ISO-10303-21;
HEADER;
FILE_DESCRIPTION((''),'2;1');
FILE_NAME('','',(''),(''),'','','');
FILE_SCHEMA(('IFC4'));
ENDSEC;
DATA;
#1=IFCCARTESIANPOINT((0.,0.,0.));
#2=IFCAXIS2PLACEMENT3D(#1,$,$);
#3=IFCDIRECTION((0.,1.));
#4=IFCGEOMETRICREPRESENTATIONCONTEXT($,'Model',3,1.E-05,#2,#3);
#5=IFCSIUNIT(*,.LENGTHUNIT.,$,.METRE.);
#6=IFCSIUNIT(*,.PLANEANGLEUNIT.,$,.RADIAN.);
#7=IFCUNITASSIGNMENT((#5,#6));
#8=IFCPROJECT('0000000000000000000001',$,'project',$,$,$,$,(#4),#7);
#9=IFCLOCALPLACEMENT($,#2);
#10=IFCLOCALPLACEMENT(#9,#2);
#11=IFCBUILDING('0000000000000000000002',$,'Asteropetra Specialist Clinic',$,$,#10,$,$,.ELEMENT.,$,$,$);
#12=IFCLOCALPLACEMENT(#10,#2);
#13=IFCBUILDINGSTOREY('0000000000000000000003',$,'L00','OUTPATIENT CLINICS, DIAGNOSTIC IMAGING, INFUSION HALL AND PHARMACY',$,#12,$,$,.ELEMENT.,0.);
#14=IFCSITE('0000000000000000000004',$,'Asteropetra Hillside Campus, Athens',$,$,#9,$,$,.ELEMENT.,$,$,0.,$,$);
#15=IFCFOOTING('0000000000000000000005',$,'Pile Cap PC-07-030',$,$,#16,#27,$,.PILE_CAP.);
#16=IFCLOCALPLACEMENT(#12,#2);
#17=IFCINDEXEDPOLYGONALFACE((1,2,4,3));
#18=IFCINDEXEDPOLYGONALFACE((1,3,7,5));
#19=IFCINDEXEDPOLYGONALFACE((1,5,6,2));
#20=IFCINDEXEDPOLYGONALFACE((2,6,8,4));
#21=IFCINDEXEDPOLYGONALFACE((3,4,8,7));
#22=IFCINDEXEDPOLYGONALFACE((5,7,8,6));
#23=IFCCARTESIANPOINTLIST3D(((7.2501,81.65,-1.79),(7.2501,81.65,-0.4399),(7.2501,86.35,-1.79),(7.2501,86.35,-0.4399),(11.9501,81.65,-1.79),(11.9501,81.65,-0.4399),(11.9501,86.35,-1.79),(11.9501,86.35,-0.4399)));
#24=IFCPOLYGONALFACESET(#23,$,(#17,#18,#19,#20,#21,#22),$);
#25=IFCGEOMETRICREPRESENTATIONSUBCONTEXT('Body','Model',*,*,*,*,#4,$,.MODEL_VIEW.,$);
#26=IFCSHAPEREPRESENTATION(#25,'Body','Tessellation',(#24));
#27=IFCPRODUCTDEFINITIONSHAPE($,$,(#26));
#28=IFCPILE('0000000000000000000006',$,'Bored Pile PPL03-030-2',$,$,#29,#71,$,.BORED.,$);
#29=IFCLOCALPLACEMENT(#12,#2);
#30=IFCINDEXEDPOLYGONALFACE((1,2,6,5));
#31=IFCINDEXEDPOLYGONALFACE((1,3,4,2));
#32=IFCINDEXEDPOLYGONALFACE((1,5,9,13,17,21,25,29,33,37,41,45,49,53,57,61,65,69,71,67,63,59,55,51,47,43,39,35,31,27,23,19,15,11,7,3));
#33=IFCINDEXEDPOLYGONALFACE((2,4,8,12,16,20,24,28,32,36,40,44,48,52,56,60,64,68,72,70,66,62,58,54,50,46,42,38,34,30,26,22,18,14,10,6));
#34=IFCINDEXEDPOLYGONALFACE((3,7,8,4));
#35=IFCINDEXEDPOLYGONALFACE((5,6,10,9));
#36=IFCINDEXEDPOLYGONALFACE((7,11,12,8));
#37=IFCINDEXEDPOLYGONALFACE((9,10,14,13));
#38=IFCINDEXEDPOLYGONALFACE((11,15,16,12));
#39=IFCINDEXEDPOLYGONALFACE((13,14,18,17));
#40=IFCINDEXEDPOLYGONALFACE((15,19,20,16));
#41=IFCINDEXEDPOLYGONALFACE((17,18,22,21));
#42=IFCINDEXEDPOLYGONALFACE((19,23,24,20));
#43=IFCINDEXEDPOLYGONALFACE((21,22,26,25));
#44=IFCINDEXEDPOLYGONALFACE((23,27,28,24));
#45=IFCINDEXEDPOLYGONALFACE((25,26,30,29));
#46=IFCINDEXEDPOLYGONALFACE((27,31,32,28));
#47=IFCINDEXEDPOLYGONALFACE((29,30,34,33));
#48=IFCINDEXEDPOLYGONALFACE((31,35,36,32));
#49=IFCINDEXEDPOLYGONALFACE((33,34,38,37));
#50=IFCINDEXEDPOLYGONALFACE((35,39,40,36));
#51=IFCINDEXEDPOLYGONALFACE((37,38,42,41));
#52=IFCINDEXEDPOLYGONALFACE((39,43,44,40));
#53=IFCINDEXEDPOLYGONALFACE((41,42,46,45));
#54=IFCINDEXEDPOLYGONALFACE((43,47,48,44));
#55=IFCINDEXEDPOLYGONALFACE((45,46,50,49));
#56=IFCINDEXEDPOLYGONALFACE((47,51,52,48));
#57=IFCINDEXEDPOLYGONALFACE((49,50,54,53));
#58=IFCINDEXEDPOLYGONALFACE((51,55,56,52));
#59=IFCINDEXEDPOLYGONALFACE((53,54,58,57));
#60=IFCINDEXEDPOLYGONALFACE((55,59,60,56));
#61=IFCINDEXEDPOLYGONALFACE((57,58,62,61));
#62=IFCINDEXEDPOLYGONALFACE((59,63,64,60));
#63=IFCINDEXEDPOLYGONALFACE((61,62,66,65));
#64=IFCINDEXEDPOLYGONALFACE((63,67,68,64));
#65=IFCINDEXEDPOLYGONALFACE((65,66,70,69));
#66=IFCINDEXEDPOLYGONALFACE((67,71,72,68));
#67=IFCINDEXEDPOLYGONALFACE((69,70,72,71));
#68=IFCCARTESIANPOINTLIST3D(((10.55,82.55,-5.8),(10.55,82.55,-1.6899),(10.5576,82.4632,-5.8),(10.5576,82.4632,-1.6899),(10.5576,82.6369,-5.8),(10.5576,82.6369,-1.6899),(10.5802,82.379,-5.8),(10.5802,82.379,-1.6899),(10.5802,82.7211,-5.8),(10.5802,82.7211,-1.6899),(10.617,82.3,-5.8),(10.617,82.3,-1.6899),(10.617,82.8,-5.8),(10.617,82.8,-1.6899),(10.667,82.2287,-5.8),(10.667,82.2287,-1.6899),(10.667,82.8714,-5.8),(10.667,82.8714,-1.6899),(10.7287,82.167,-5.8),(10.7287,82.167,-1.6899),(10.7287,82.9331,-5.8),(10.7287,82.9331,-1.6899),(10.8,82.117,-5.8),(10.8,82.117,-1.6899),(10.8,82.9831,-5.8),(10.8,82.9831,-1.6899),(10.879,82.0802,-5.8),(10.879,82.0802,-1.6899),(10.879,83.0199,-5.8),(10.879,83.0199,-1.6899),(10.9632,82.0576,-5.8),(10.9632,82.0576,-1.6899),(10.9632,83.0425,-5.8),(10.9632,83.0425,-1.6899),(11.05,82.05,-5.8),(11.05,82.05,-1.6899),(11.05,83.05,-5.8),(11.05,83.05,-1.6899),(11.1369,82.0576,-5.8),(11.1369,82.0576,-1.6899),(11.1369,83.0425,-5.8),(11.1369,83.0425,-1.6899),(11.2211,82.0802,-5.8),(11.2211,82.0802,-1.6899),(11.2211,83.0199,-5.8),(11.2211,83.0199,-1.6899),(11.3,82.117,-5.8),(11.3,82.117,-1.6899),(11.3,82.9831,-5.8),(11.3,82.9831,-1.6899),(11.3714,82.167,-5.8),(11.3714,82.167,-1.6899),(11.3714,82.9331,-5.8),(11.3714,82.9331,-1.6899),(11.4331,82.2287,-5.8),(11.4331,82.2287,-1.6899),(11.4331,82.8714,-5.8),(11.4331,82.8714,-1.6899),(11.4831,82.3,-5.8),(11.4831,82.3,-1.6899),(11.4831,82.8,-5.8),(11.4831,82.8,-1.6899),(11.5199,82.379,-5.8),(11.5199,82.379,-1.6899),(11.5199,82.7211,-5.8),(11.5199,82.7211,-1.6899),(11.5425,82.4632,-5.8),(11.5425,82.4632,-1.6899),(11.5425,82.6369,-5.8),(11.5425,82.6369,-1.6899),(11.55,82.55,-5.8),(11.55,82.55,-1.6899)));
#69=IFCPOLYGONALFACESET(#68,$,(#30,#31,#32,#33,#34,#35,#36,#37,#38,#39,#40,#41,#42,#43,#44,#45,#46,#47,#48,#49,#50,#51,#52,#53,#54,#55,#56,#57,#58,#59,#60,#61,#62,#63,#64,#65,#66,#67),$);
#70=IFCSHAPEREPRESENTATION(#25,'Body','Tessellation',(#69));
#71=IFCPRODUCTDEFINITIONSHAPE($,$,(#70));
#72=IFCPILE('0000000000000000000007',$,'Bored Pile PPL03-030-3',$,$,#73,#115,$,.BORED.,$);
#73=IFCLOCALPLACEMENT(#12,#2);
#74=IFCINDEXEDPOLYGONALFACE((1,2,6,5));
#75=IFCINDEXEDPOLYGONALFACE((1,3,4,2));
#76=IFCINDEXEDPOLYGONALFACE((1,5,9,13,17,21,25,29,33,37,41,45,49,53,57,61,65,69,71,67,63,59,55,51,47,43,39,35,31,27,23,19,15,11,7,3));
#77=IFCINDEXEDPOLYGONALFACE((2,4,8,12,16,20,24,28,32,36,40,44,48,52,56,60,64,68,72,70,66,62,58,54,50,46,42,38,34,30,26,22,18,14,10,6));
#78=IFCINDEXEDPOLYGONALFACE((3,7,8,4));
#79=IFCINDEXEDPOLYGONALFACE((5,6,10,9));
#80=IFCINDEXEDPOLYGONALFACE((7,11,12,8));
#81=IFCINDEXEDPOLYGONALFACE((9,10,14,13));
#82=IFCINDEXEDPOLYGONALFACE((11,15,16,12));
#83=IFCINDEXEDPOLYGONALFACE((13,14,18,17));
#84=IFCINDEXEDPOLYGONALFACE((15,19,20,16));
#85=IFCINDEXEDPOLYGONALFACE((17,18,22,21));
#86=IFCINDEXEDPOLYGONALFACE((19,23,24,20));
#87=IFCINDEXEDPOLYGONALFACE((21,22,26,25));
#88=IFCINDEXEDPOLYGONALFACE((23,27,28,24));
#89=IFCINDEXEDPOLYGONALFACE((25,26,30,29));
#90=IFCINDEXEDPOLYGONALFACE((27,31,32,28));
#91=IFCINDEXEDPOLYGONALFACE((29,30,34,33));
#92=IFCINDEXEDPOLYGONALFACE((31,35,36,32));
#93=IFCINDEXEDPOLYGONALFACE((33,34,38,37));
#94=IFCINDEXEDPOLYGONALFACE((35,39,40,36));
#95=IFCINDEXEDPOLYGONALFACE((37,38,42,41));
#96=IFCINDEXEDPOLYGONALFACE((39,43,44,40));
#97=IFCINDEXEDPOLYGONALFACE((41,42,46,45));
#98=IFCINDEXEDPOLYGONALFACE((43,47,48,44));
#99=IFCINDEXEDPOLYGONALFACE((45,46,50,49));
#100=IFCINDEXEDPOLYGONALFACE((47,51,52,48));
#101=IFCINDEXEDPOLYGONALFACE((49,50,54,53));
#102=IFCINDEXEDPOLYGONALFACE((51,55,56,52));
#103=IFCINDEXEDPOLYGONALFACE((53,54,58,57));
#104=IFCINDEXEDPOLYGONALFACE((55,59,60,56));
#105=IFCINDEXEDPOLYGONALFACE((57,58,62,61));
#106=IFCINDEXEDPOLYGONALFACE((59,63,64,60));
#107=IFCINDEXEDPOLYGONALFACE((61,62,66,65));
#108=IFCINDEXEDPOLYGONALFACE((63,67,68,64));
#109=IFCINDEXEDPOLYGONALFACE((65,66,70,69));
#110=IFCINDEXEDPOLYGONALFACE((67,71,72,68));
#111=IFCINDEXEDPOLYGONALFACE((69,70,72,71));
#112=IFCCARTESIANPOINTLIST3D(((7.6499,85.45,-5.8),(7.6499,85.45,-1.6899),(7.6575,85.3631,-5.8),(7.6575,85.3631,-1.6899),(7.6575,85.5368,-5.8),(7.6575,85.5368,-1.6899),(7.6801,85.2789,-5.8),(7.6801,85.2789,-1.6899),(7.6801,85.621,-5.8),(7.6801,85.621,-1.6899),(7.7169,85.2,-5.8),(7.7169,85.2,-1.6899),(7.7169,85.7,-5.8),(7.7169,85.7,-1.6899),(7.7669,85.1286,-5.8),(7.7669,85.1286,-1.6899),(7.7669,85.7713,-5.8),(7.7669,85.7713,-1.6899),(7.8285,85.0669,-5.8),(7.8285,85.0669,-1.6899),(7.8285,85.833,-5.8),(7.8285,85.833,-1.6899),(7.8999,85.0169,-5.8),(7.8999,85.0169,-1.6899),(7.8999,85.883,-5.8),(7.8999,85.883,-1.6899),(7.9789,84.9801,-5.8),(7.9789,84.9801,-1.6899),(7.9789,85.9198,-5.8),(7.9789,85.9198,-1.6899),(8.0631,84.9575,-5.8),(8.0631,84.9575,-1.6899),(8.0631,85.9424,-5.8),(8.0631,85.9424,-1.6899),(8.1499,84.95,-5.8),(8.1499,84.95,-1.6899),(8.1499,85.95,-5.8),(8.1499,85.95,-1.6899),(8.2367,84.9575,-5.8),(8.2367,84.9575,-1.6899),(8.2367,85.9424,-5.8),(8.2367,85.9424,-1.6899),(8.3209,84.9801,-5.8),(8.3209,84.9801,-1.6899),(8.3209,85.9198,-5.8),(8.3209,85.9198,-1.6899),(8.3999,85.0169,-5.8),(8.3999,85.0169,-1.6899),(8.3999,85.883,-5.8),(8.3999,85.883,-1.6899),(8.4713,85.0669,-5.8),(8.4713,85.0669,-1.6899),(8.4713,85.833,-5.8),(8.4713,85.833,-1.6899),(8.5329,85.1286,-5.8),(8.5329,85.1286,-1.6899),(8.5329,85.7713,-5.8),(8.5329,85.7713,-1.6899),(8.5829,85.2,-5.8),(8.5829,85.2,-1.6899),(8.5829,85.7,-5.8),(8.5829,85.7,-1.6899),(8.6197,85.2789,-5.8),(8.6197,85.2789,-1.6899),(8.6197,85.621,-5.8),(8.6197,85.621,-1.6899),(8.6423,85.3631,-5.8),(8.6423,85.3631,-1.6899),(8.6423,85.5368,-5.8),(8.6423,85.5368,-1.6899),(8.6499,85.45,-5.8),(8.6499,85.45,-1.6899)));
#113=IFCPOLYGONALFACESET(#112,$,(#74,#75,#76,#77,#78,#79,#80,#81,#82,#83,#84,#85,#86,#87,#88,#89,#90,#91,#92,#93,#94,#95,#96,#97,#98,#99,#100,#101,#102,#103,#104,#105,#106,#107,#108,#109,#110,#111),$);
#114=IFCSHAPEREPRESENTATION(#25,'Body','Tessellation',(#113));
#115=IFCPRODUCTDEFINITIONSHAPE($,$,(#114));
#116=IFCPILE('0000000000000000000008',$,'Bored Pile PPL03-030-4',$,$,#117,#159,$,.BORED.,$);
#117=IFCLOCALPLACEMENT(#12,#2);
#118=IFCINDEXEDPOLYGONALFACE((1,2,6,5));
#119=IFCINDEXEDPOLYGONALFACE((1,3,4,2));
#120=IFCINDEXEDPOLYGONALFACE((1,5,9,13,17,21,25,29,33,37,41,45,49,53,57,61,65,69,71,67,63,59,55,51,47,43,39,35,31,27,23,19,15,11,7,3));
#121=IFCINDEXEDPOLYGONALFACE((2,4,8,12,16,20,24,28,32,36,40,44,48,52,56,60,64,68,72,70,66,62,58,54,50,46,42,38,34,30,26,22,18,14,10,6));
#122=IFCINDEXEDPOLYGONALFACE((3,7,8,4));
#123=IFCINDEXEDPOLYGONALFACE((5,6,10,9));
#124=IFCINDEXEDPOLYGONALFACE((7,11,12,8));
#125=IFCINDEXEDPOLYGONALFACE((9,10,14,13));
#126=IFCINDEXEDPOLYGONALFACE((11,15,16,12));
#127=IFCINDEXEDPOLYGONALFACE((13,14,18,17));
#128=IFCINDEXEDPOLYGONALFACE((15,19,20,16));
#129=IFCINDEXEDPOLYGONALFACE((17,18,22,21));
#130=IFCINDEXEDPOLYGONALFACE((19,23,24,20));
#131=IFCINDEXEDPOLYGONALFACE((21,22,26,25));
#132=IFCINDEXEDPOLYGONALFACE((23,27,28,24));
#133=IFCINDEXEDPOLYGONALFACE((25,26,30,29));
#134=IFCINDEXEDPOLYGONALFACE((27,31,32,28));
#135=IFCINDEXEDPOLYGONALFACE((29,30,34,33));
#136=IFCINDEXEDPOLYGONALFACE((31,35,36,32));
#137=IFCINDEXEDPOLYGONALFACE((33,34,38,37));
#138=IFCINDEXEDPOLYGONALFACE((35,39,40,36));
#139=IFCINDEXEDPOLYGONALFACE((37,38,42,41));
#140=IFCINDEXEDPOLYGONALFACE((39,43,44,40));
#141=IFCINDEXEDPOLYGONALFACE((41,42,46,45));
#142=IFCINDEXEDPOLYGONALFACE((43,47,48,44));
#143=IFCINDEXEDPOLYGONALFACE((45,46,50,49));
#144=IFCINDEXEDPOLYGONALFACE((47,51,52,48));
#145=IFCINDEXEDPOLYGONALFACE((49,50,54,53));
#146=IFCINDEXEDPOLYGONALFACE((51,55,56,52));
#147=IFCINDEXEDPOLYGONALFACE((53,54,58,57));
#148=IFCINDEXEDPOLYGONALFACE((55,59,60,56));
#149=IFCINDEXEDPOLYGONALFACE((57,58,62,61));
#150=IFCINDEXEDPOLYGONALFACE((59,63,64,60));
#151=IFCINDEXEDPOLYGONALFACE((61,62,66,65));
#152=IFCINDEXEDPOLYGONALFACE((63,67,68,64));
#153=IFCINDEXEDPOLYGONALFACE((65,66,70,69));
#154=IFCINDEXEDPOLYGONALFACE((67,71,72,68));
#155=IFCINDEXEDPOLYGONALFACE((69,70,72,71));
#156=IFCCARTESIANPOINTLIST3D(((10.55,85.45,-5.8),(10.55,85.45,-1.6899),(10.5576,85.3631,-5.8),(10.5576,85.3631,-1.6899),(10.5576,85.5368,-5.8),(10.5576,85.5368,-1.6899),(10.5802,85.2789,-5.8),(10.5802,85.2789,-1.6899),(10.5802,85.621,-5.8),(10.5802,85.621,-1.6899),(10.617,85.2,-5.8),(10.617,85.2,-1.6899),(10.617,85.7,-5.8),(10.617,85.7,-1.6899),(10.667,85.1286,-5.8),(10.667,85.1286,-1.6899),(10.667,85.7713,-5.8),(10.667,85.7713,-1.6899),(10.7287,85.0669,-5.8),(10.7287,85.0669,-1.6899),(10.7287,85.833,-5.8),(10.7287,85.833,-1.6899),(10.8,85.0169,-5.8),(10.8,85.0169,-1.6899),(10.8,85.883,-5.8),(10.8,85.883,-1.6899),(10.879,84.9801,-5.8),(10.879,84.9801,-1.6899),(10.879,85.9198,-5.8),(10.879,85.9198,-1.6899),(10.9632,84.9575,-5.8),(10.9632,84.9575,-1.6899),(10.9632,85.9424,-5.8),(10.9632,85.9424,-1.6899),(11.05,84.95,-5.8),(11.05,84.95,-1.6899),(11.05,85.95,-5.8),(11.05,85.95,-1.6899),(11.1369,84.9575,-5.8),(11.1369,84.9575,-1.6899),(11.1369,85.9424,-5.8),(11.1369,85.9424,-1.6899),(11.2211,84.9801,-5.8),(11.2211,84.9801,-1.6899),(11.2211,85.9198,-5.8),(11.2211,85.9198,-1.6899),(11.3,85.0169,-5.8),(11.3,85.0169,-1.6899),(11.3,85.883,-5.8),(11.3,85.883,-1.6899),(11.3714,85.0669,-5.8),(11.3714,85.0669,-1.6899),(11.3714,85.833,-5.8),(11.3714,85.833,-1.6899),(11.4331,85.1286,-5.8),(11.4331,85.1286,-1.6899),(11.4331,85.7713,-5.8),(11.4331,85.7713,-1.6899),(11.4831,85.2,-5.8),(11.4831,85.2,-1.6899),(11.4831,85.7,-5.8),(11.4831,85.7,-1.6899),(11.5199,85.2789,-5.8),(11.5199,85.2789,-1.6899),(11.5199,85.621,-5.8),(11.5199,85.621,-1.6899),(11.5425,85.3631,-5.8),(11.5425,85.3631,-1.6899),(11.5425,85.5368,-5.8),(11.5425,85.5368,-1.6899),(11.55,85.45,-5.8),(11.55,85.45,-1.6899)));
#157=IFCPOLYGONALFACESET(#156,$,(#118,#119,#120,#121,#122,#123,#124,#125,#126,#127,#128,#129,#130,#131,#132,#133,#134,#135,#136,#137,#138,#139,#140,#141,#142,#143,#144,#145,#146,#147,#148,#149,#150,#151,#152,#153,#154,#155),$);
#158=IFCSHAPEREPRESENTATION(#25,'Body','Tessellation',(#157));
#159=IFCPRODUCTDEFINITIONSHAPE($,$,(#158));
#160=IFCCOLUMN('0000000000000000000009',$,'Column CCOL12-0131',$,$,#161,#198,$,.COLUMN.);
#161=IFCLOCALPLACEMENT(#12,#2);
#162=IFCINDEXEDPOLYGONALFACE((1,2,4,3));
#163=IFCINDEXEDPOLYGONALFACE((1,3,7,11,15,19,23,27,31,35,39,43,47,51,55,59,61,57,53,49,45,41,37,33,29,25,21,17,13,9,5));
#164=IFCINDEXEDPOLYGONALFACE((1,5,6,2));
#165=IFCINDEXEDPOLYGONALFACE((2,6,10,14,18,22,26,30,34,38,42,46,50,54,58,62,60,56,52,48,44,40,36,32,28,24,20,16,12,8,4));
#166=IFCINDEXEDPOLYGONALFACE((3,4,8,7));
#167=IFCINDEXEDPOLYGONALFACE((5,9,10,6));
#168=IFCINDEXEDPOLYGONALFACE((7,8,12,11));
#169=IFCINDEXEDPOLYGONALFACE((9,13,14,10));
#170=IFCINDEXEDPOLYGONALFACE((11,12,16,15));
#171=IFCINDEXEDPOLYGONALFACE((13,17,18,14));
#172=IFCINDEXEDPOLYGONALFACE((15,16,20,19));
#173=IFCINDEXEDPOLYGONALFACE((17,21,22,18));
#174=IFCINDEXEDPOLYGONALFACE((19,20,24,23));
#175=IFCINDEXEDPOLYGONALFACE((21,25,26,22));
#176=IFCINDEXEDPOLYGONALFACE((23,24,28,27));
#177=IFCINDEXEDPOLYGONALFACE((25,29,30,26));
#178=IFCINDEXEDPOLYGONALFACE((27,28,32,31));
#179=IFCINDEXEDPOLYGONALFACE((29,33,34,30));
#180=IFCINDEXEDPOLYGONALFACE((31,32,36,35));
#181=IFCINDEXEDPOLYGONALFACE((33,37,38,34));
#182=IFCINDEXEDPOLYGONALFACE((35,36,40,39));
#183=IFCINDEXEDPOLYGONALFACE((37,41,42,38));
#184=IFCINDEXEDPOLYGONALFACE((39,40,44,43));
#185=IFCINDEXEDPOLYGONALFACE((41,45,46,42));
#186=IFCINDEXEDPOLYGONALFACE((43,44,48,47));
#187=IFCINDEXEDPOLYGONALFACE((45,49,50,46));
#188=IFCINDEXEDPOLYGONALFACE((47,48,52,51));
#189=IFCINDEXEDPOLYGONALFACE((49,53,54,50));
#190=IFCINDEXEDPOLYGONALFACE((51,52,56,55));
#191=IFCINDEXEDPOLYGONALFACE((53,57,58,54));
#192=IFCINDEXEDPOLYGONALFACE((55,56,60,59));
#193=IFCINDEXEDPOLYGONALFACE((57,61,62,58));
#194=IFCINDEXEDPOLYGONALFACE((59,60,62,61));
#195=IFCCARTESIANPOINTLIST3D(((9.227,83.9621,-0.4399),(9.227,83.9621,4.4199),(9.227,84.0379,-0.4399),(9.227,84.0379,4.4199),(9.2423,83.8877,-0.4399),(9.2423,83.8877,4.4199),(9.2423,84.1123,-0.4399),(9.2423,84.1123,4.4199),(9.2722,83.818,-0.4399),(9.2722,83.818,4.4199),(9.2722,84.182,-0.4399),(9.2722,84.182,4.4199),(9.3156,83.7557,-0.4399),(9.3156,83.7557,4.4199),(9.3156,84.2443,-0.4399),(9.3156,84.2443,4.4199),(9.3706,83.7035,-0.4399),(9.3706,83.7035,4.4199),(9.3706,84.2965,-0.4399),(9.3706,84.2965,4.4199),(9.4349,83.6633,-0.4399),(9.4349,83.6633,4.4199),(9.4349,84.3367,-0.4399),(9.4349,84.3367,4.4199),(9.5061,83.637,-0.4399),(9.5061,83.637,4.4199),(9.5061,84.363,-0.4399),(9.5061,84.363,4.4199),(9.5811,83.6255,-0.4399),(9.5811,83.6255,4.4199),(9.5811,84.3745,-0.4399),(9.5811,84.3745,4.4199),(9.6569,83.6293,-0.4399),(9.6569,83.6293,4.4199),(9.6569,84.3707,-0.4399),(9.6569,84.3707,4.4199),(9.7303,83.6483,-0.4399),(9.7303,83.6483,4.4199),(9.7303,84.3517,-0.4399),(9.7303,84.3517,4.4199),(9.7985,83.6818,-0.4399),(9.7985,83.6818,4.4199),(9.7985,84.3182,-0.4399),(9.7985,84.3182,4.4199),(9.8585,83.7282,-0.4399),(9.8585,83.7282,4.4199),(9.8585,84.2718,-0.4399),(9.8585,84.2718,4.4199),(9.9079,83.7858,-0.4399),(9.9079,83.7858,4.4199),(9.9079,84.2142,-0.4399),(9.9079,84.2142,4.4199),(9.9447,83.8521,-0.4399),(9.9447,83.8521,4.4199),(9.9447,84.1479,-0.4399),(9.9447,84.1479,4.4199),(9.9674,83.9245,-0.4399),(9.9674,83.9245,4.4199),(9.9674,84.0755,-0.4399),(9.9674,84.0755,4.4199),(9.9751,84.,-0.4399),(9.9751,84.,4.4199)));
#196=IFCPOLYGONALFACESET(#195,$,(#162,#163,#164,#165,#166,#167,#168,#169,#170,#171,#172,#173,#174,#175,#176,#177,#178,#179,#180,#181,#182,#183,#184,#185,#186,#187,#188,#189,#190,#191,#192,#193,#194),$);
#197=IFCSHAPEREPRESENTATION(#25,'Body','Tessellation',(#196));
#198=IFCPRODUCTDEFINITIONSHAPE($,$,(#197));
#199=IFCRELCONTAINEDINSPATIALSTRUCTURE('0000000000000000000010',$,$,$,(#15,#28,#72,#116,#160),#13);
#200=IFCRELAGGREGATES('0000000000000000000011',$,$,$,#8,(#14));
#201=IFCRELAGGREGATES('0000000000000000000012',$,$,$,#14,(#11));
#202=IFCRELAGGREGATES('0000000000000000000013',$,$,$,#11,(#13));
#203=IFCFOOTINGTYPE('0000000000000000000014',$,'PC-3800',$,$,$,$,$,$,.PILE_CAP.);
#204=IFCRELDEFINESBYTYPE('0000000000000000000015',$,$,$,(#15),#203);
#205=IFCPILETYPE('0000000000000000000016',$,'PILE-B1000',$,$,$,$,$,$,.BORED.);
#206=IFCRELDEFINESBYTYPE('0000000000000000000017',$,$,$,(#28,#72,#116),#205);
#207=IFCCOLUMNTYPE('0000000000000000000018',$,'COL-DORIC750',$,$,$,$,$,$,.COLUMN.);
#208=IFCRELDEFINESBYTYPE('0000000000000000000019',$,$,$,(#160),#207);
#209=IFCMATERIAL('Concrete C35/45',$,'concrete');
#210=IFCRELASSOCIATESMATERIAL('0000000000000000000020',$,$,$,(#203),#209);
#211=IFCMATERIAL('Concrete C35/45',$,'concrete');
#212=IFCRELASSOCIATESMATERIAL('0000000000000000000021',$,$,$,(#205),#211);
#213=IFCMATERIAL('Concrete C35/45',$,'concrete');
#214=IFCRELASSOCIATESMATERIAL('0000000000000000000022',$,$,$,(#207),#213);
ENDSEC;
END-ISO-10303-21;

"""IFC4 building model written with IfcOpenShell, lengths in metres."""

from ifc_helpers import new_model, si_unit, direction, frame, origin, origin_2d, place, context, subcontext, project, spatial, rectangle, circle, extrude, material, material_profile, profile_set, type_object, element, save


model = new_model("IFC4")

# Units and contexts
model_context = context("Model", 3, precision=1e-05, world=origin(), true_north=direction((0.0, 1.0)))
body_context = subcontext(model_context, "Body", "Model", "MODEL_VIEW")
ifc_project = project(units=[si_unit("LENGTHUNIT", "METRE"), si_unit("PLANEANGLEUNIT", "RADIAN")], contexts=[model_context])

# Site, building, storey
site_placement = place(None, origin())
site = spatial("IfcSite", under=ifc_project, at=site_placement, Name="Asteropetra Hillside Campus, Athens", CompositionType="ELEMENT", RefElevation=0.0)
building_placement = place(site_placement, origin())
building = spatial("IfcBuilding", under=site, at=building_placement, Name="Asteropetra Specialist Clinic", CompositionType="ELEMENT")
storey_placement = place(building_placement, origin())
storey = spatial("IfcBuildingStorey", under=building, at=storey_placement, Name="L00", Description="OUTPATIENT CLINICS, DIAGNOSTIC IMAGING, INFUSION HALL AND PHARMACY", CompositionType="ELEMENT", Elevation=0.0)

# Footing
ifc_material_1 = material(Name="Concrete C35/45", Category="concrete")
footing_type = type_object("IfcFootingType", Name="PC-3800", PredefinedType="PILE_CAP", material=ifc_material_1)
footing_placement = place(storey_placement, frame((9.6001, 84.0, -1.79), z_axis=(0.0, 0.0, 1.0), x_axis=(1.0, 0.0, 0.0)))
element("IfcFooting", 1, at=footing_placement, inside=storey, type_object=footing_type, Name="Pile Cap PC-07-030", PredefinedType="PILE_CAP", context=body_context, shape_type="SweptSolid", body=[
    extrude(rectangle(XDim=4.7, YDim=4.7, at=origin_2d()), origin(), (0.0, 0.0, 1.0), 1.3501),
])

# Piles
ifc_material_2 = material(Name="Concrete C35/45", Category="concrete")
ifc_material_profile_1 = material_profile(ifc_material_2, circle(Radius=0.5, at=origin_2d()), Name="PILE D1000")
ifc_profile_set_1 = profile_set([ifc_material_profile_1], Name="Concrete C35/45")
pile_type = type_object("IfcPileType", Name="PILE-B1000", PredefinedType="BORED", material=ifc_profile_set_1)
for number, where, z_axis, x_axis, name in (
    (2, (11.05, 82.55, -1.6899), (0.0, 0.0, -1.0), (1.0, 0.0, 0.0), "Bored Pile PPL03-030-2"),
    (3, (8.1499, 85.45, -1.6899), (0.0, 0.0, -1.0), (1.0, 0.0, 0.0), "Bored Pile PPL03-030-3"),
    (4, (11.05, 85.45, -1.6899), (0.0, 0.0, -1.0), (1.0, 0.0, 0.0), "Bored Pile PPL03-030-4"),
):
    element("IfcPile", number, at=place(storey_placement, frame(where, z_axis=z_axis, x_axis=x_axis)), inside=storey, type_object=pile_type, Name=name, PredefinedType="BORED", context=body_context, shape_type="SweptSolid", body=[
        extrude(circle(Radius=0.5, at=origin_2d()), origin(), (0.0, 0.0, 1.0), 4.1101),
    ])

# Column
ifc_material_3 = material(Name="Concrete C35/45", Category="concrete")
ifc_material_profile_2 = material_profile(ifc_material_3, circle(Radius=0.375, at=origin_2d()), Name="RCC D750")
ifc_profile_set_2 = profile_set([ifc_material_profile_2], Name="Concrete C35/45")
column_type = type_object("IfcColumnType", Name="COL-DORIC750", PredefinedType="COLUMN", material=ifc_profile_set_2)
column_placement = place(storey_placement, frame((9.6001, 84.0, -0.4399), z_axis=(0.0, 0.0, 1.0), x_axis=(1.0, 0.0, 0.0)))
element("IfcColumn", 5, at=column_placement, inside=storey, type_object=column_type, Name="Column CCOL12-0131", PredefinedType="COLUMN", context=body_context, shape_type="SweptSolid", body=[
    extrude(circle(Radius=0.375, at=origin_2d()), origin(), (0.0, 0.0, 1.0), 4.8599),
])

save(model, "model.ifc")
